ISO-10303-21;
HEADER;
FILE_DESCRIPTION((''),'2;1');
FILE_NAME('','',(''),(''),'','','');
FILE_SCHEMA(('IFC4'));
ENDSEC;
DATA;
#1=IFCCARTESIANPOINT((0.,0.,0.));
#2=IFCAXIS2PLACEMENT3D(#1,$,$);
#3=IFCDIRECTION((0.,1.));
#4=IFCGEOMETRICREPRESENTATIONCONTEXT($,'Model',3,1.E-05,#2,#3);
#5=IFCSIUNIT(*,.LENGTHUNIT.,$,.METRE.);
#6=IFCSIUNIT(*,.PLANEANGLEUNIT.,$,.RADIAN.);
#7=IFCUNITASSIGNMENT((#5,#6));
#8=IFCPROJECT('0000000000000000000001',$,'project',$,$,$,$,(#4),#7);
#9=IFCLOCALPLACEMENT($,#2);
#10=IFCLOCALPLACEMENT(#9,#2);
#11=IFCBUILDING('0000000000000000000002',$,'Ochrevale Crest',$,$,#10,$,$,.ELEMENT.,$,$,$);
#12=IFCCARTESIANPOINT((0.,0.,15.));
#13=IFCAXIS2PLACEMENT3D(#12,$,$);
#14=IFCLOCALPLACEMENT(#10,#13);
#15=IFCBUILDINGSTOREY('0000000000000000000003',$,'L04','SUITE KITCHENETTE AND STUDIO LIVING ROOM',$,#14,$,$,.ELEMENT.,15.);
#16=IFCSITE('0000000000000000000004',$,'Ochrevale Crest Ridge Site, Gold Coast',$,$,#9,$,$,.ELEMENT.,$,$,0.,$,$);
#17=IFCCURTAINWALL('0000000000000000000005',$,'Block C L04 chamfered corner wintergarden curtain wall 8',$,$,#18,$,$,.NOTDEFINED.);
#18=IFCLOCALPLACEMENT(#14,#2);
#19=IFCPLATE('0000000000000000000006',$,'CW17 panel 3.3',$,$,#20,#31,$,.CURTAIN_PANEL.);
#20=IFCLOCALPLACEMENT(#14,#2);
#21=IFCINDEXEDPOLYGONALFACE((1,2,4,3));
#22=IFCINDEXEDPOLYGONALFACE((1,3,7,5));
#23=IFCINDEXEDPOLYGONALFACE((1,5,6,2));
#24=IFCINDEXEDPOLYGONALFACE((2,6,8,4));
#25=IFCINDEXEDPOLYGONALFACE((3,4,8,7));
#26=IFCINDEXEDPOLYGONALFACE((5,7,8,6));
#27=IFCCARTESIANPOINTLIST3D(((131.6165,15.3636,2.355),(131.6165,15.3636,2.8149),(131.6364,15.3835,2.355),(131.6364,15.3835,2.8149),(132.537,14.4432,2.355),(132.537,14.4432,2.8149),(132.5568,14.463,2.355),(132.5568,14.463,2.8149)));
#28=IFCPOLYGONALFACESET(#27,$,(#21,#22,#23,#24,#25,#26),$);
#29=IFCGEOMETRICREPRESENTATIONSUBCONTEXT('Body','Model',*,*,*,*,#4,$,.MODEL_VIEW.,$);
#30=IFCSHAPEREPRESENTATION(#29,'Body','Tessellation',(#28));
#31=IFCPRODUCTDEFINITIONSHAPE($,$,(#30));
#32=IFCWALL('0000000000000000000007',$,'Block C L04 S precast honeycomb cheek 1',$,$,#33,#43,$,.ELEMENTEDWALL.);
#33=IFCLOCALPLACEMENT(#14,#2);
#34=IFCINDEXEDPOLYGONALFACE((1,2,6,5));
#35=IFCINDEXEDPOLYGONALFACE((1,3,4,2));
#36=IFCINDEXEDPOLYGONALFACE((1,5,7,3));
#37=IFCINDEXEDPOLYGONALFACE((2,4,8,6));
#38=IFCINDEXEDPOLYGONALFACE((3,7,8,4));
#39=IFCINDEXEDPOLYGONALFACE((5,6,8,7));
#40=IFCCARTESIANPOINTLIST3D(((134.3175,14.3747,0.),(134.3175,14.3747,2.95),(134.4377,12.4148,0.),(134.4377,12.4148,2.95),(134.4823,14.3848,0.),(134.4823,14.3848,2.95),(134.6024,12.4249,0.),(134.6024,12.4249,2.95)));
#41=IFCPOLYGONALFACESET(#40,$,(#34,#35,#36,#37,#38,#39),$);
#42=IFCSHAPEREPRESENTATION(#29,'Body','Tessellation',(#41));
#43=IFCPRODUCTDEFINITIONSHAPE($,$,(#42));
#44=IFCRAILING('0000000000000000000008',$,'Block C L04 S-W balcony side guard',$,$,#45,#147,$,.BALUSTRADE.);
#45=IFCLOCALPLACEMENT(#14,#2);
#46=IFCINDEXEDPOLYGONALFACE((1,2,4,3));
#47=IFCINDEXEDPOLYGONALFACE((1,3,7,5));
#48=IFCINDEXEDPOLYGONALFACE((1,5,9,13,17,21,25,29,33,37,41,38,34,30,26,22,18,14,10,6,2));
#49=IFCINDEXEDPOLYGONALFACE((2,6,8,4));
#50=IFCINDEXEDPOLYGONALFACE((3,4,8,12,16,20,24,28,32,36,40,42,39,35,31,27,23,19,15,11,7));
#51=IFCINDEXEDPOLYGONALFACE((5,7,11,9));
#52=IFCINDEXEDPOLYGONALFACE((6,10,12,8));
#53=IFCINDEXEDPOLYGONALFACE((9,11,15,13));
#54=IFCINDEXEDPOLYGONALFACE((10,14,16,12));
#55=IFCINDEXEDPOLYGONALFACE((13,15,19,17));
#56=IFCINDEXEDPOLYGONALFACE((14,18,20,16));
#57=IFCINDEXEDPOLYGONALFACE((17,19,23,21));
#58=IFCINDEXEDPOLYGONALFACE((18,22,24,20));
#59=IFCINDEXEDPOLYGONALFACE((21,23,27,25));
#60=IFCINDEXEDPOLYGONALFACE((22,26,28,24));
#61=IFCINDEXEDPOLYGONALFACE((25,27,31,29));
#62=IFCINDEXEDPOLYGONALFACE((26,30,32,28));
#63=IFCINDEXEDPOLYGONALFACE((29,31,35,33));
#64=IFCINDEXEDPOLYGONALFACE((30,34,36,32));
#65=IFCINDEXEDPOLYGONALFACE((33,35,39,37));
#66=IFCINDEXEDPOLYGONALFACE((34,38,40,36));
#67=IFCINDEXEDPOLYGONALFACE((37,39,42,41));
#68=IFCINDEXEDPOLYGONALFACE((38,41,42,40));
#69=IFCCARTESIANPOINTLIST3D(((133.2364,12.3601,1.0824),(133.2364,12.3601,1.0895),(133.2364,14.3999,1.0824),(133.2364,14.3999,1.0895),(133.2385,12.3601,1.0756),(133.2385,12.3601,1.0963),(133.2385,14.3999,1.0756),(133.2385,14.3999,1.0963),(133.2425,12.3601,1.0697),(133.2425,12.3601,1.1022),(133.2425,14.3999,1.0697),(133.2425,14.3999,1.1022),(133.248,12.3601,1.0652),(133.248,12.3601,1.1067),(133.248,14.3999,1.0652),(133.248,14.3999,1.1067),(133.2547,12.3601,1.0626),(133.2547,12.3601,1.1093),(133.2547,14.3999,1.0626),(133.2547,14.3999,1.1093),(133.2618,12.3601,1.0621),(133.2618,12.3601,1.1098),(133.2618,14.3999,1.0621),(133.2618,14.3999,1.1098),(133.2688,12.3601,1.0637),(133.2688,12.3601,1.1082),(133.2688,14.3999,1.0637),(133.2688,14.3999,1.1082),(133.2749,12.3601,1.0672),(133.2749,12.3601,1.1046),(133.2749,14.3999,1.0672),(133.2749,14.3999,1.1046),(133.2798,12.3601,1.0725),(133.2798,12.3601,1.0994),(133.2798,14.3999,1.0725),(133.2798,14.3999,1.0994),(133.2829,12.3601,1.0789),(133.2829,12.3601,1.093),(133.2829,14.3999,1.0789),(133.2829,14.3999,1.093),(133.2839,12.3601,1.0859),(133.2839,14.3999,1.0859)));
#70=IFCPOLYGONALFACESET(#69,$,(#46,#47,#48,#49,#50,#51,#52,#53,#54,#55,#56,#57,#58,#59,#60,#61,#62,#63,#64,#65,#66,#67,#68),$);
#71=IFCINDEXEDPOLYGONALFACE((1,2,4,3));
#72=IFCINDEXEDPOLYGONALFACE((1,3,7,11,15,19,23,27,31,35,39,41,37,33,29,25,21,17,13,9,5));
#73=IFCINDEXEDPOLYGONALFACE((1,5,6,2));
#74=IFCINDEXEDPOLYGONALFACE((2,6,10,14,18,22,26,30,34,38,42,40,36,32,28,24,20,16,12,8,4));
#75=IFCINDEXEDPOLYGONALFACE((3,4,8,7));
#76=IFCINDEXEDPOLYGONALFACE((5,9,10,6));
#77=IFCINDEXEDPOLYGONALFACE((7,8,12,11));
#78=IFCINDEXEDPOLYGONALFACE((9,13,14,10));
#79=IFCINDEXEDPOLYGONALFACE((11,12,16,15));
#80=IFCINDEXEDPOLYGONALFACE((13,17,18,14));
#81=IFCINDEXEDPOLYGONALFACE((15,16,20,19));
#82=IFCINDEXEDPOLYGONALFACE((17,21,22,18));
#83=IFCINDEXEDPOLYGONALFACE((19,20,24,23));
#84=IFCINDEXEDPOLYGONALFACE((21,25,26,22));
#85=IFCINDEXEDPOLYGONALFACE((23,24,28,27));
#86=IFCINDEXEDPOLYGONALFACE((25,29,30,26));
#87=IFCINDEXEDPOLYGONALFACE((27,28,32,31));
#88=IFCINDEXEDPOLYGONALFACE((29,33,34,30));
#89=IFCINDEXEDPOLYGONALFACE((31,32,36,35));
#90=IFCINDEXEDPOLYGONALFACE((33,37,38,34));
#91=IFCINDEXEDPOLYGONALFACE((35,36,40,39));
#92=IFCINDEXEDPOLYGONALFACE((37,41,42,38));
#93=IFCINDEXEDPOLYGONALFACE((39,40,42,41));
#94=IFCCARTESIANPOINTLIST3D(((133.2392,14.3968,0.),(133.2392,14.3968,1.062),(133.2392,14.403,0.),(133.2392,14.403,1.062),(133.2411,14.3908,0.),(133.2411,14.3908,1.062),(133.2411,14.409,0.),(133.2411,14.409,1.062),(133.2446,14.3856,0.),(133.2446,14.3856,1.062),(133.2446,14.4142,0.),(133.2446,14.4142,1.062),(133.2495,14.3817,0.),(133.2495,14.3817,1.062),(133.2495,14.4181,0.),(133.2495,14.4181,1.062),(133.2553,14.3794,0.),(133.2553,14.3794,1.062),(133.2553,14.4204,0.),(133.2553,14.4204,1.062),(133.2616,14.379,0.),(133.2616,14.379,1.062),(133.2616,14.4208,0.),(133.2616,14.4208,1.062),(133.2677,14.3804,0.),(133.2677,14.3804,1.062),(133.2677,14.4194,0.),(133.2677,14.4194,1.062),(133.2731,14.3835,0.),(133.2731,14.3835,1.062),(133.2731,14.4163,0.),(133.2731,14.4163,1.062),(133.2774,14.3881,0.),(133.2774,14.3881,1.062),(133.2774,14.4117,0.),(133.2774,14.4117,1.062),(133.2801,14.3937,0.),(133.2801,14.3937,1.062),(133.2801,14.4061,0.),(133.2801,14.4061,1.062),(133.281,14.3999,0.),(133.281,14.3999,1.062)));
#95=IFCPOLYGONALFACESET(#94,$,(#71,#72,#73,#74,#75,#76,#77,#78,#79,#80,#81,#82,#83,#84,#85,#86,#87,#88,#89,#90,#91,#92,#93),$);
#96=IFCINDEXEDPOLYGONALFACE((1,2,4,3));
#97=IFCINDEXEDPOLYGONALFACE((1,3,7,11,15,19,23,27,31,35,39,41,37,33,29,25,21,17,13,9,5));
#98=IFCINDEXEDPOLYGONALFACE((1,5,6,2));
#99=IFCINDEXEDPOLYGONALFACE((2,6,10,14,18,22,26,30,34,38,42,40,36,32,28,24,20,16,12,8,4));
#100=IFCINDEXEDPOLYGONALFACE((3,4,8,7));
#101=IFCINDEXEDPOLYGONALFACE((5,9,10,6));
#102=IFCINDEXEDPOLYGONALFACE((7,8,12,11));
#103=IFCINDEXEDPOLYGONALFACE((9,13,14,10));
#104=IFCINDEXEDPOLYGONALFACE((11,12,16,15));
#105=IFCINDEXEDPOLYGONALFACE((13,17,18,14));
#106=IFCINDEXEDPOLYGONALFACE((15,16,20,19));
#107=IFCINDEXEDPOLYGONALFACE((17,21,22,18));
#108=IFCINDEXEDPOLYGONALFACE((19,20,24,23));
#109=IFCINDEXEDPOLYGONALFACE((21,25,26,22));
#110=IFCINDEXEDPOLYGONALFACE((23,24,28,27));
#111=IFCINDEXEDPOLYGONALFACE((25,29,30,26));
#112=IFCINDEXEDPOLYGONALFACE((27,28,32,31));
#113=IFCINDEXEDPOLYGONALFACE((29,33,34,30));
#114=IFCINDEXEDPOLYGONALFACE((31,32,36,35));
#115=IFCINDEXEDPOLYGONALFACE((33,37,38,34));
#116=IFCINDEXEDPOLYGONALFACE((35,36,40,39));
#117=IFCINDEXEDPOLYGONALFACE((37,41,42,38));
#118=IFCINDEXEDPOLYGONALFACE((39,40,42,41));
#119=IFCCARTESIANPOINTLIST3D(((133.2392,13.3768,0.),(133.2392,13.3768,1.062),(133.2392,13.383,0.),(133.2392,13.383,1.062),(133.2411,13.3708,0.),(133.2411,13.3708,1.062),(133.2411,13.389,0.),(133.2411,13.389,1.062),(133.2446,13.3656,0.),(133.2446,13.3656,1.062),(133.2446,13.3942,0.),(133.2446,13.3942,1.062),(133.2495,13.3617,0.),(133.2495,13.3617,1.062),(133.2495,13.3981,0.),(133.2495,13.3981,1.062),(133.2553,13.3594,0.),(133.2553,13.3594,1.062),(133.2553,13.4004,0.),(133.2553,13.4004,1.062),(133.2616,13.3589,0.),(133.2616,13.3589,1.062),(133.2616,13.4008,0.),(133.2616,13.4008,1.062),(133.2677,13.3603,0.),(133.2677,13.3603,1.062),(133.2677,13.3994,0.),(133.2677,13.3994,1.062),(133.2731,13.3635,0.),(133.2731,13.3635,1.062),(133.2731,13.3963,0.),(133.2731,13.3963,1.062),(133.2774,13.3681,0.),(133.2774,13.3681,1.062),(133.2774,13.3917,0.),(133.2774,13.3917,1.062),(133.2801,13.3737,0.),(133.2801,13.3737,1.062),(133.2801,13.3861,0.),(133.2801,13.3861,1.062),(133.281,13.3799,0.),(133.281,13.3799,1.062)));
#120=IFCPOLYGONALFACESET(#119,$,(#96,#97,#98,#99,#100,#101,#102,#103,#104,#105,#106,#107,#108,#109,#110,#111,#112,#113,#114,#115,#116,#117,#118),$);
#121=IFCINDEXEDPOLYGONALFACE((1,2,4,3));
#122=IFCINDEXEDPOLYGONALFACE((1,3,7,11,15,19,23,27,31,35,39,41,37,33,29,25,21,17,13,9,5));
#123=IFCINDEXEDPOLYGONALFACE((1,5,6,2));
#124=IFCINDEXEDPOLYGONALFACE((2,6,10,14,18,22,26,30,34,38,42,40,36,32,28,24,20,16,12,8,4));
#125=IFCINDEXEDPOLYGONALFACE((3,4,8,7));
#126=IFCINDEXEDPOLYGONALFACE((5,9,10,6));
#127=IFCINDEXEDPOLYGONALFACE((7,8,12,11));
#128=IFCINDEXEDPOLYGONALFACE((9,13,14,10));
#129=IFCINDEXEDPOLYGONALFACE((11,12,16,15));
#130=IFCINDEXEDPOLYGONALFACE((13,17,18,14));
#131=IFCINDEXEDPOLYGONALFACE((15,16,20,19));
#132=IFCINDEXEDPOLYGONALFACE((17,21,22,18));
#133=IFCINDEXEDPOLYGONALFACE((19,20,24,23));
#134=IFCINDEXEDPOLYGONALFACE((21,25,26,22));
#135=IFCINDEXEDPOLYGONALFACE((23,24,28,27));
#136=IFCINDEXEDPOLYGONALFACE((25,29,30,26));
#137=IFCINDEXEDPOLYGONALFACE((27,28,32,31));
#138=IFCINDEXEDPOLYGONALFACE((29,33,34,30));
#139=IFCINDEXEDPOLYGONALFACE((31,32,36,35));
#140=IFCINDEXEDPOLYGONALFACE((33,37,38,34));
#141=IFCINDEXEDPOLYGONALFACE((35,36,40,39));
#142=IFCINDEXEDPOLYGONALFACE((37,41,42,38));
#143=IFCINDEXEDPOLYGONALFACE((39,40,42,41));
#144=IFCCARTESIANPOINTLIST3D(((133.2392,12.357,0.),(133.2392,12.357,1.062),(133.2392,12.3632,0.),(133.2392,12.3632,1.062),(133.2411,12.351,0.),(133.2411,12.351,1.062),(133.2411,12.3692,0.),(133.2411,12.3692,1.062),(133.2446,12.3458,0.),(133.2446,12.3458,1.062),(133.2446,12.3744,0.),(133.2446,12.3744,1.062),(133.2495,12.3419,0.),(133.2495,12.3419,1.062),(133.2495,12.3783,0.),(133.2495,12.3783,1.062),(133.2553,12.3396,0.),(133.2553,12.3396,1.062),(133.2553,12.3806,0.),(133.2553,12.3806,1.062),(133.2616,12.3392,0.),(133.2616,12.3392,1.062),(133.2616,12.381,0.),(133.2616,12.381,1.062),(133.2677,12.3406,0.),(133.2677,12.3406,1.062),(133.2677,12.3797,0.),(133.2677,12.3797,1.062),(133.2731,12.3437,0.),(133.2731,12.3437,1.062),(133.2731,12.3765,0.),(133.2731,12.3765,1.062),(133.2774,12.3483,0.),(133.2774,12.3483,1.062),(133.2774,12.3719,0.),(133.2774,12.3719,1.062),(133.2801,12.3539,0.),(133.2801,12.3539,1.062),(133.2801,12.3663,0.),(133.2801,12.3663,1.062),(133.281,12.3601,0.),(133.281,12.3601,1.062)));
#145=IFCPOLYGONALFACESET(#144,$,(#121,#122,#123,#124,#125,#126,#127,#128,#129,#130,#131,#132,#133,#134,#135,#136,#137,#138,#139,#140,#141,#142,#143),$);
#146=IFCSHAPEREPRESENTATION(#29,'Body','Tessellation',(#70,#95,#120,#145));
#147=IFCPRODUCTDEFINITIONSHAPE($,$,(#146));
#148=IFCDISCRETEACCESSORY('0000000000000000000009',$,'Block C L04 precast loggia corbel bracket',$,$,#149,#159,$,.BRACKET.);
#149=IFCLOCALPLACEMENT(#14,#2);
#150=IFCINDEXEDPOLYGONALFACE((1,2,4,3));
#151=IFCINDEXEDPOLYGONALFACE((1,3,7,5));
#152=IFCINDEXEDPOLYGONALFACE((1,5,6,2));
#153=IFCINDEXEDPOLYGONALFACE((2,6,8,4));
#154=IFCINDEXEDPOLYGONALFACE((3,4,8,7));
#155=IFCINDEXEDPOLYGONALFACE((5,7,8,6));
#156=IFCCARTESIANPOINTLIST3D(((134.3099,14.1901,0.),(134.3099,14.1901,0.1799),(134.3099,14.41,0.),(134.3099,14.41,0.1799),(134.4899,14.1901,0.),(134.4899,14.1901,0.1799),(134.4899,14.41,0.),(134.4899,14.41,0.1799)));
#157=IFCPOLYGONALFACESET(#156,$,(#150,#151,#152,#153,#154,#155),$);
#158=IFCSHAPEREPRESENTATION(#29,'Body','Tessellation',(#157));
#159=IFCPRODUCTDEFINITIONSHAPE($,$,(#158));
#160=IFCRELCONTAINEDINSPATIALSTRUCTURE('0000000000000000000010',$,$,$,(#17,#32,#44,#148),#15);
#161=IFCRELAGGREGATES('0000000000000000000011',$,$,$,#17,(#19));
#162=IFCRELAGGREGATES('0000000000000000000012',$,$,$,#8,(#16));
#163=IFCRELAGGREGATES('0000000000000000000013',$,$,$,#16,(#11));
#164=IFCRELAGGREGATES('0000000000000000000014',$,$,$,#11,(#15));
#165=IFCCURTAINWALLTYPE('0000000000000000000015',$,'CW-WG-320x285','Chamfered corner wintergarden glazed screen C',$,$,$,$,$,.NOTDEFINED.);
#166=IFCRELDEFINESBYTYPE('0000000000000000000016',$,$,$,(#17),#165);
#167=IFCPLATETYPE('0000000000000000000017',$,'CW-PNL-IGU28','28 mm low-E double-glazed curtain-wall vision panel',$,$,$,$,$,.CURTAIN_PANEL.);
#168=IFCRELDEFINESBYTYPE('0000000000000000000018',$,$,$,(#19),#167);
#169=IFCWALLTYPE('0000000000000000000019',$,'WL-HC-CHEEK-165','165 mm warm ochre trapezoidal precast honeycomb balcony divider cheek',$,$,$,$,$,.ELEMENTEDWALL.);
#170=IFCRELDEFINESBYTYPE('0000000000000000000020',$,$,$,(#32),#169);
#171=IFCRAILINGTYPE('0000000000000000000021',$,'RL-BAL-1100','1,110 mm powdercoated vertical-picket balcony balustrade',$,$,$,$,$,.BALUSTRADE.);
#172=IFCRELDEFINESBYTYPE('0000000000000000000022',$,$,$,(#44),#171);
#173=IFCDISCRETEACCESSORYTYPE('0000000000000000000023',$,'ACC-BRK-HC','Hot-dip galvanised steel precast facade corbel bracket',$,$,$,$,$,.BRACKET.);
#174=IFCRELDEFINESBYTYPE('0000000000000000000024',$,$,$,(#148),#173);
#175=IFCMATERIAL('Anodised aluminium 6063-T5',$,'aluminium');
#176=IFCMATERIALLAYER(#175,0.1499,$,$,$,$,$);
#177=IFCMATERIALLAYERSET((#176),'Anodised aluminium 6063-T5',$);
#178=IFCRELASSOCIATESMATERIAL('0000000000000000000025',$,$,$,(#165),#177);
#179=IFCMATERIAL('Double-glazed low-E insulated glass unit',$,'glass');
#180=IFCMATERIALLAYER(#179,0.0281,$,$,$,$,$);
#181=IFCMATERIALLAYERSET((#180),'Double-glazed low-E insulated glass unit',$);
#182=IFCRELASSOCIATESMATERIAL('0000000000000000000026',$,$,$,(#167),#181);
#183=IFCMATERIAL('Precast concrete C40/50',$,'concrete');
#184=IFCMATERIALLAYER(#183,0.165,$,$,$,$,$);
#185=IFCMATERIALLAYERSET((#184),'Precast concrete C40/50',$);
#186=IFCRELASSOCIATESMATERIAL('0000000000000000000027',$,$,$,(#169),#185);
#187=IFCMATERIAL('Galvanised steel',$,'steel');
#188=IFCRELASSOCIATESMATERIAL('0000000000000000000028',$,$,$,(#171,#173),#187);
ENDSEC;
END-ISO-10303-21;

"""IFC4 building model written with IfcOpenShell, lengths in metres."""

from ifc_helpers import new_model, si_unit, direction, frame, frame_2d, origin, origin_2d, place, context, subcontext, project, spatial, rectangle, circle, extrude, material, layer, layer_set, type_object, element, aggregate, save


model = new_model("IFC4")

# Units and contexts
model_context = context("Model", 3, precision=1e-05, world=origin(), true_north=direction((0.0, 1.0)))
body_context = subcontext(model_context, "Body", "Model", "MODEL_VIEW")
ifc_project = project(units=[si_unit("LENGTHUNIT", "METRE"), si_unit("PLANEANGLEUNIT", "RADIAN")], contexts=[model_context])

# Site, building, storey
site_placement = place(None, origin())
site = spatial("IfcSite", under=ifc_project, at=site_placement, Name="Ochrevale Crest Ridge Site, Gold Coast", CompositionType="ELEMENT", RefElevation=0.0)
building_placement = place(site_placement, origin())
building = spatial("IfcBuilding", under=site, at=building_placement, Name="Ochrevale Crest", CompositionType="ELEMENT")
storey_placement = place(building_placement, frame((0.0, 0.0, 15.0)))
storey = spatial("IfcBuildingStorey", under=building, at=storey_placement, Name="L04", Description="SUITE KITCHENETTE AND STUDIO LIVING ROOM", CompositionType="ELEMENT", Elevation=15.0)

# Curtain wall, plate
ifc_material_1 = material(Name="Anodised aluminium 6063-T5", Category="aluminium")
ifc_layer_1 = layer(ifc_material_1, 0.1499)
ifc_layer_set_1 = layer_set([ifc_layer_1], Name="Anodised aluminium 6063-T5")
curtain_wall_type = type_object("IfcCurtainWallType", Name="CW-WG-320x285", Description="Chamfered corner wintergarden glazed screen C", PredefinedType="NOTDEFINED", material=ifc_layer_set_1)
curtain_wall_placement = place(storey_placement, origin())
curtain_wall = element("IfcCurtainWall", 1, at=curtain_wall_placement, inside=storey, type_object=curtain_wall_type, Name="Block C L04 chamfered corner wintergarden curtain wall 8", PredefinedType="NOTDEFINED")
ifc_material_2 = material(Name="Double-glazed low-E insulated glass unit", Category="glass")
ifc_layer_2 = layer(ifc_material_2, 0.0281)
ifc_layer_set_2 = layer_set([ifc_layer_2], Name="Double-glazed low-E insulated glass unit")
plate_type = type_object("IfcPlateType", Name="CW-PNL-IGU28", Description="28 mm low-E double-glazed curtain-wall vision panel", PredefinedType="CURTAIN_PANEL", material=ifc_layer_set_2)
plate_1_placement = place(storey_placement, frame((132.0867, 14.9133, 2.355), z_axis=(0.0, 0.0, 1.0), x_axis=(0.707107, -0.707107, 0.0)))
plate_1 = element("IfcPlate", 2, at=plate_1_placement, type_object=plate_type, Name="CW17 panel 3.3", PredefinedType="CURTAIN_PANEL", context=body_context, shape_type="SweptSolid", body=[
    extrude(rectangle(XDim=1.3018, YDim=0.0281, at=origin_2d()), origin(), (0.0, 0.0, 1.0), 0.46),
])
aggregate(curtain_wall, [plate_1])

# Shared definitions
ifc_material_3 = material(Name="Precast concrete C40/50", Category="concrete")

# Wall
ifc_layer_3 = layer(ifc_material_3, 0.165)
ifc_layer_set_3 = layer_set([ifc_layer_3], Name="Precast concrete C40/50")
wall_type_1 = type_object("IfcWallType", Name="WL-HC-CHEEK-165", Description="165 mm warm ochre trapezoidal precast honeycomb balcony divider cheek", PredefinedType="ELEMENTEDWALL", material=ifc_layer_set_3)
wall_1_placement = place(storey_placement, frame((134.3999, 14.3799, 0.0), z_axis=(0.0, 0.0, 1.0), x_axis=(0.061171, -0.998127, 0.0)))
element("IfcWall", 3, at=wall_1_placement, inside=storey, type_object=wall_type_1, Name="Block C L04 S precast honeycomb cheek 1", PredefinedType="ELEMENTEDWALL", context=body_context, shape_type="SweptSolid", body=[
    extrude(rectangle(XDim=1.9636, YDim=0.165, at=frame_2d((0.9819, 0.0))), origin(), (0.0, 0.0, 1.0), 2.95),
])

# Railing
ifc_material_4 = material(Name="Galvanised steel", Category="steel")
railing_type = type_object("IfcRailingType", Name="RL-BAL-1100", Description="1,110 mm powdercoated vertical-picket balcony balustrade", PredefinedType="BALUSTRADE", material=ifc_material_4)
railing_1_placement = place(storey_placement, frame((133.26, 14.3999, 0.0)))
element("IfcRailing", 4, at=railing_1_placement, inside=storey, type_object=railing_type, Name="Block C L04 S-W balcony side guard", PredefinedType="BALUSTRADE", context=body_context, shape_type="SweptSolid", body=[
    extrude(circle(Radius=0.0239, at=origin_2d()), frame((0.0, 0.0, 1.0859), z_axis=(0.0, -1.0, 0.0), x_axis=(1.0, 0.0, 0.0)), (0.0, 0.0, 1.0), 2.0398),
    extrude(circle(Radius=0.021, at=origin_2d()), origin(), (0.0, 0.0, 1.0), 1.062),
    extrude(circle(Radius=0.021, at=origin_2d()), frame((0.0, -1.02, 0.0)), (0.0, 0.0, 1.0), 1.062),
    extrude(circle(Radius=0.021, at=origin_2d()), frame((0.0, -2.0398, 0.0)), (0.0, 0.0, 1.0), 1.062),
])

# Discrete accessory
discrete_accessory_type = type_object("IfcDiscreteAccessoryType", Name="ACC-BRK-HC", Description="Hot-dip galvanised steel precast facade corbel bracket", PredefinedType="BRACKET", material=ifc_material_4)
discrete_accessory_placement = place(storey_placement, frame((134.3999, 14.3, 0.0), z_axis=(0.0, 0.0, 1.0), x_axis=(1.0, 0.0, 0.0)))
element("IfcDiscreteAccessory", 5, at=discrete_accessory_placement, inside=storey, type_object=discrete_accessory_type, Name="Block C L04 precast loggia corbel bracket", PredefinedType="BRACKET", context=body_context, shape_type="SweptSolid", body=[
    extrude(rectangle(XDim=0.1799, YDim=0.22, at=origin_2d()), origin(), (0.0, 0.0, 1.0), 0.1799),
])

save(model, "model.ifc")
